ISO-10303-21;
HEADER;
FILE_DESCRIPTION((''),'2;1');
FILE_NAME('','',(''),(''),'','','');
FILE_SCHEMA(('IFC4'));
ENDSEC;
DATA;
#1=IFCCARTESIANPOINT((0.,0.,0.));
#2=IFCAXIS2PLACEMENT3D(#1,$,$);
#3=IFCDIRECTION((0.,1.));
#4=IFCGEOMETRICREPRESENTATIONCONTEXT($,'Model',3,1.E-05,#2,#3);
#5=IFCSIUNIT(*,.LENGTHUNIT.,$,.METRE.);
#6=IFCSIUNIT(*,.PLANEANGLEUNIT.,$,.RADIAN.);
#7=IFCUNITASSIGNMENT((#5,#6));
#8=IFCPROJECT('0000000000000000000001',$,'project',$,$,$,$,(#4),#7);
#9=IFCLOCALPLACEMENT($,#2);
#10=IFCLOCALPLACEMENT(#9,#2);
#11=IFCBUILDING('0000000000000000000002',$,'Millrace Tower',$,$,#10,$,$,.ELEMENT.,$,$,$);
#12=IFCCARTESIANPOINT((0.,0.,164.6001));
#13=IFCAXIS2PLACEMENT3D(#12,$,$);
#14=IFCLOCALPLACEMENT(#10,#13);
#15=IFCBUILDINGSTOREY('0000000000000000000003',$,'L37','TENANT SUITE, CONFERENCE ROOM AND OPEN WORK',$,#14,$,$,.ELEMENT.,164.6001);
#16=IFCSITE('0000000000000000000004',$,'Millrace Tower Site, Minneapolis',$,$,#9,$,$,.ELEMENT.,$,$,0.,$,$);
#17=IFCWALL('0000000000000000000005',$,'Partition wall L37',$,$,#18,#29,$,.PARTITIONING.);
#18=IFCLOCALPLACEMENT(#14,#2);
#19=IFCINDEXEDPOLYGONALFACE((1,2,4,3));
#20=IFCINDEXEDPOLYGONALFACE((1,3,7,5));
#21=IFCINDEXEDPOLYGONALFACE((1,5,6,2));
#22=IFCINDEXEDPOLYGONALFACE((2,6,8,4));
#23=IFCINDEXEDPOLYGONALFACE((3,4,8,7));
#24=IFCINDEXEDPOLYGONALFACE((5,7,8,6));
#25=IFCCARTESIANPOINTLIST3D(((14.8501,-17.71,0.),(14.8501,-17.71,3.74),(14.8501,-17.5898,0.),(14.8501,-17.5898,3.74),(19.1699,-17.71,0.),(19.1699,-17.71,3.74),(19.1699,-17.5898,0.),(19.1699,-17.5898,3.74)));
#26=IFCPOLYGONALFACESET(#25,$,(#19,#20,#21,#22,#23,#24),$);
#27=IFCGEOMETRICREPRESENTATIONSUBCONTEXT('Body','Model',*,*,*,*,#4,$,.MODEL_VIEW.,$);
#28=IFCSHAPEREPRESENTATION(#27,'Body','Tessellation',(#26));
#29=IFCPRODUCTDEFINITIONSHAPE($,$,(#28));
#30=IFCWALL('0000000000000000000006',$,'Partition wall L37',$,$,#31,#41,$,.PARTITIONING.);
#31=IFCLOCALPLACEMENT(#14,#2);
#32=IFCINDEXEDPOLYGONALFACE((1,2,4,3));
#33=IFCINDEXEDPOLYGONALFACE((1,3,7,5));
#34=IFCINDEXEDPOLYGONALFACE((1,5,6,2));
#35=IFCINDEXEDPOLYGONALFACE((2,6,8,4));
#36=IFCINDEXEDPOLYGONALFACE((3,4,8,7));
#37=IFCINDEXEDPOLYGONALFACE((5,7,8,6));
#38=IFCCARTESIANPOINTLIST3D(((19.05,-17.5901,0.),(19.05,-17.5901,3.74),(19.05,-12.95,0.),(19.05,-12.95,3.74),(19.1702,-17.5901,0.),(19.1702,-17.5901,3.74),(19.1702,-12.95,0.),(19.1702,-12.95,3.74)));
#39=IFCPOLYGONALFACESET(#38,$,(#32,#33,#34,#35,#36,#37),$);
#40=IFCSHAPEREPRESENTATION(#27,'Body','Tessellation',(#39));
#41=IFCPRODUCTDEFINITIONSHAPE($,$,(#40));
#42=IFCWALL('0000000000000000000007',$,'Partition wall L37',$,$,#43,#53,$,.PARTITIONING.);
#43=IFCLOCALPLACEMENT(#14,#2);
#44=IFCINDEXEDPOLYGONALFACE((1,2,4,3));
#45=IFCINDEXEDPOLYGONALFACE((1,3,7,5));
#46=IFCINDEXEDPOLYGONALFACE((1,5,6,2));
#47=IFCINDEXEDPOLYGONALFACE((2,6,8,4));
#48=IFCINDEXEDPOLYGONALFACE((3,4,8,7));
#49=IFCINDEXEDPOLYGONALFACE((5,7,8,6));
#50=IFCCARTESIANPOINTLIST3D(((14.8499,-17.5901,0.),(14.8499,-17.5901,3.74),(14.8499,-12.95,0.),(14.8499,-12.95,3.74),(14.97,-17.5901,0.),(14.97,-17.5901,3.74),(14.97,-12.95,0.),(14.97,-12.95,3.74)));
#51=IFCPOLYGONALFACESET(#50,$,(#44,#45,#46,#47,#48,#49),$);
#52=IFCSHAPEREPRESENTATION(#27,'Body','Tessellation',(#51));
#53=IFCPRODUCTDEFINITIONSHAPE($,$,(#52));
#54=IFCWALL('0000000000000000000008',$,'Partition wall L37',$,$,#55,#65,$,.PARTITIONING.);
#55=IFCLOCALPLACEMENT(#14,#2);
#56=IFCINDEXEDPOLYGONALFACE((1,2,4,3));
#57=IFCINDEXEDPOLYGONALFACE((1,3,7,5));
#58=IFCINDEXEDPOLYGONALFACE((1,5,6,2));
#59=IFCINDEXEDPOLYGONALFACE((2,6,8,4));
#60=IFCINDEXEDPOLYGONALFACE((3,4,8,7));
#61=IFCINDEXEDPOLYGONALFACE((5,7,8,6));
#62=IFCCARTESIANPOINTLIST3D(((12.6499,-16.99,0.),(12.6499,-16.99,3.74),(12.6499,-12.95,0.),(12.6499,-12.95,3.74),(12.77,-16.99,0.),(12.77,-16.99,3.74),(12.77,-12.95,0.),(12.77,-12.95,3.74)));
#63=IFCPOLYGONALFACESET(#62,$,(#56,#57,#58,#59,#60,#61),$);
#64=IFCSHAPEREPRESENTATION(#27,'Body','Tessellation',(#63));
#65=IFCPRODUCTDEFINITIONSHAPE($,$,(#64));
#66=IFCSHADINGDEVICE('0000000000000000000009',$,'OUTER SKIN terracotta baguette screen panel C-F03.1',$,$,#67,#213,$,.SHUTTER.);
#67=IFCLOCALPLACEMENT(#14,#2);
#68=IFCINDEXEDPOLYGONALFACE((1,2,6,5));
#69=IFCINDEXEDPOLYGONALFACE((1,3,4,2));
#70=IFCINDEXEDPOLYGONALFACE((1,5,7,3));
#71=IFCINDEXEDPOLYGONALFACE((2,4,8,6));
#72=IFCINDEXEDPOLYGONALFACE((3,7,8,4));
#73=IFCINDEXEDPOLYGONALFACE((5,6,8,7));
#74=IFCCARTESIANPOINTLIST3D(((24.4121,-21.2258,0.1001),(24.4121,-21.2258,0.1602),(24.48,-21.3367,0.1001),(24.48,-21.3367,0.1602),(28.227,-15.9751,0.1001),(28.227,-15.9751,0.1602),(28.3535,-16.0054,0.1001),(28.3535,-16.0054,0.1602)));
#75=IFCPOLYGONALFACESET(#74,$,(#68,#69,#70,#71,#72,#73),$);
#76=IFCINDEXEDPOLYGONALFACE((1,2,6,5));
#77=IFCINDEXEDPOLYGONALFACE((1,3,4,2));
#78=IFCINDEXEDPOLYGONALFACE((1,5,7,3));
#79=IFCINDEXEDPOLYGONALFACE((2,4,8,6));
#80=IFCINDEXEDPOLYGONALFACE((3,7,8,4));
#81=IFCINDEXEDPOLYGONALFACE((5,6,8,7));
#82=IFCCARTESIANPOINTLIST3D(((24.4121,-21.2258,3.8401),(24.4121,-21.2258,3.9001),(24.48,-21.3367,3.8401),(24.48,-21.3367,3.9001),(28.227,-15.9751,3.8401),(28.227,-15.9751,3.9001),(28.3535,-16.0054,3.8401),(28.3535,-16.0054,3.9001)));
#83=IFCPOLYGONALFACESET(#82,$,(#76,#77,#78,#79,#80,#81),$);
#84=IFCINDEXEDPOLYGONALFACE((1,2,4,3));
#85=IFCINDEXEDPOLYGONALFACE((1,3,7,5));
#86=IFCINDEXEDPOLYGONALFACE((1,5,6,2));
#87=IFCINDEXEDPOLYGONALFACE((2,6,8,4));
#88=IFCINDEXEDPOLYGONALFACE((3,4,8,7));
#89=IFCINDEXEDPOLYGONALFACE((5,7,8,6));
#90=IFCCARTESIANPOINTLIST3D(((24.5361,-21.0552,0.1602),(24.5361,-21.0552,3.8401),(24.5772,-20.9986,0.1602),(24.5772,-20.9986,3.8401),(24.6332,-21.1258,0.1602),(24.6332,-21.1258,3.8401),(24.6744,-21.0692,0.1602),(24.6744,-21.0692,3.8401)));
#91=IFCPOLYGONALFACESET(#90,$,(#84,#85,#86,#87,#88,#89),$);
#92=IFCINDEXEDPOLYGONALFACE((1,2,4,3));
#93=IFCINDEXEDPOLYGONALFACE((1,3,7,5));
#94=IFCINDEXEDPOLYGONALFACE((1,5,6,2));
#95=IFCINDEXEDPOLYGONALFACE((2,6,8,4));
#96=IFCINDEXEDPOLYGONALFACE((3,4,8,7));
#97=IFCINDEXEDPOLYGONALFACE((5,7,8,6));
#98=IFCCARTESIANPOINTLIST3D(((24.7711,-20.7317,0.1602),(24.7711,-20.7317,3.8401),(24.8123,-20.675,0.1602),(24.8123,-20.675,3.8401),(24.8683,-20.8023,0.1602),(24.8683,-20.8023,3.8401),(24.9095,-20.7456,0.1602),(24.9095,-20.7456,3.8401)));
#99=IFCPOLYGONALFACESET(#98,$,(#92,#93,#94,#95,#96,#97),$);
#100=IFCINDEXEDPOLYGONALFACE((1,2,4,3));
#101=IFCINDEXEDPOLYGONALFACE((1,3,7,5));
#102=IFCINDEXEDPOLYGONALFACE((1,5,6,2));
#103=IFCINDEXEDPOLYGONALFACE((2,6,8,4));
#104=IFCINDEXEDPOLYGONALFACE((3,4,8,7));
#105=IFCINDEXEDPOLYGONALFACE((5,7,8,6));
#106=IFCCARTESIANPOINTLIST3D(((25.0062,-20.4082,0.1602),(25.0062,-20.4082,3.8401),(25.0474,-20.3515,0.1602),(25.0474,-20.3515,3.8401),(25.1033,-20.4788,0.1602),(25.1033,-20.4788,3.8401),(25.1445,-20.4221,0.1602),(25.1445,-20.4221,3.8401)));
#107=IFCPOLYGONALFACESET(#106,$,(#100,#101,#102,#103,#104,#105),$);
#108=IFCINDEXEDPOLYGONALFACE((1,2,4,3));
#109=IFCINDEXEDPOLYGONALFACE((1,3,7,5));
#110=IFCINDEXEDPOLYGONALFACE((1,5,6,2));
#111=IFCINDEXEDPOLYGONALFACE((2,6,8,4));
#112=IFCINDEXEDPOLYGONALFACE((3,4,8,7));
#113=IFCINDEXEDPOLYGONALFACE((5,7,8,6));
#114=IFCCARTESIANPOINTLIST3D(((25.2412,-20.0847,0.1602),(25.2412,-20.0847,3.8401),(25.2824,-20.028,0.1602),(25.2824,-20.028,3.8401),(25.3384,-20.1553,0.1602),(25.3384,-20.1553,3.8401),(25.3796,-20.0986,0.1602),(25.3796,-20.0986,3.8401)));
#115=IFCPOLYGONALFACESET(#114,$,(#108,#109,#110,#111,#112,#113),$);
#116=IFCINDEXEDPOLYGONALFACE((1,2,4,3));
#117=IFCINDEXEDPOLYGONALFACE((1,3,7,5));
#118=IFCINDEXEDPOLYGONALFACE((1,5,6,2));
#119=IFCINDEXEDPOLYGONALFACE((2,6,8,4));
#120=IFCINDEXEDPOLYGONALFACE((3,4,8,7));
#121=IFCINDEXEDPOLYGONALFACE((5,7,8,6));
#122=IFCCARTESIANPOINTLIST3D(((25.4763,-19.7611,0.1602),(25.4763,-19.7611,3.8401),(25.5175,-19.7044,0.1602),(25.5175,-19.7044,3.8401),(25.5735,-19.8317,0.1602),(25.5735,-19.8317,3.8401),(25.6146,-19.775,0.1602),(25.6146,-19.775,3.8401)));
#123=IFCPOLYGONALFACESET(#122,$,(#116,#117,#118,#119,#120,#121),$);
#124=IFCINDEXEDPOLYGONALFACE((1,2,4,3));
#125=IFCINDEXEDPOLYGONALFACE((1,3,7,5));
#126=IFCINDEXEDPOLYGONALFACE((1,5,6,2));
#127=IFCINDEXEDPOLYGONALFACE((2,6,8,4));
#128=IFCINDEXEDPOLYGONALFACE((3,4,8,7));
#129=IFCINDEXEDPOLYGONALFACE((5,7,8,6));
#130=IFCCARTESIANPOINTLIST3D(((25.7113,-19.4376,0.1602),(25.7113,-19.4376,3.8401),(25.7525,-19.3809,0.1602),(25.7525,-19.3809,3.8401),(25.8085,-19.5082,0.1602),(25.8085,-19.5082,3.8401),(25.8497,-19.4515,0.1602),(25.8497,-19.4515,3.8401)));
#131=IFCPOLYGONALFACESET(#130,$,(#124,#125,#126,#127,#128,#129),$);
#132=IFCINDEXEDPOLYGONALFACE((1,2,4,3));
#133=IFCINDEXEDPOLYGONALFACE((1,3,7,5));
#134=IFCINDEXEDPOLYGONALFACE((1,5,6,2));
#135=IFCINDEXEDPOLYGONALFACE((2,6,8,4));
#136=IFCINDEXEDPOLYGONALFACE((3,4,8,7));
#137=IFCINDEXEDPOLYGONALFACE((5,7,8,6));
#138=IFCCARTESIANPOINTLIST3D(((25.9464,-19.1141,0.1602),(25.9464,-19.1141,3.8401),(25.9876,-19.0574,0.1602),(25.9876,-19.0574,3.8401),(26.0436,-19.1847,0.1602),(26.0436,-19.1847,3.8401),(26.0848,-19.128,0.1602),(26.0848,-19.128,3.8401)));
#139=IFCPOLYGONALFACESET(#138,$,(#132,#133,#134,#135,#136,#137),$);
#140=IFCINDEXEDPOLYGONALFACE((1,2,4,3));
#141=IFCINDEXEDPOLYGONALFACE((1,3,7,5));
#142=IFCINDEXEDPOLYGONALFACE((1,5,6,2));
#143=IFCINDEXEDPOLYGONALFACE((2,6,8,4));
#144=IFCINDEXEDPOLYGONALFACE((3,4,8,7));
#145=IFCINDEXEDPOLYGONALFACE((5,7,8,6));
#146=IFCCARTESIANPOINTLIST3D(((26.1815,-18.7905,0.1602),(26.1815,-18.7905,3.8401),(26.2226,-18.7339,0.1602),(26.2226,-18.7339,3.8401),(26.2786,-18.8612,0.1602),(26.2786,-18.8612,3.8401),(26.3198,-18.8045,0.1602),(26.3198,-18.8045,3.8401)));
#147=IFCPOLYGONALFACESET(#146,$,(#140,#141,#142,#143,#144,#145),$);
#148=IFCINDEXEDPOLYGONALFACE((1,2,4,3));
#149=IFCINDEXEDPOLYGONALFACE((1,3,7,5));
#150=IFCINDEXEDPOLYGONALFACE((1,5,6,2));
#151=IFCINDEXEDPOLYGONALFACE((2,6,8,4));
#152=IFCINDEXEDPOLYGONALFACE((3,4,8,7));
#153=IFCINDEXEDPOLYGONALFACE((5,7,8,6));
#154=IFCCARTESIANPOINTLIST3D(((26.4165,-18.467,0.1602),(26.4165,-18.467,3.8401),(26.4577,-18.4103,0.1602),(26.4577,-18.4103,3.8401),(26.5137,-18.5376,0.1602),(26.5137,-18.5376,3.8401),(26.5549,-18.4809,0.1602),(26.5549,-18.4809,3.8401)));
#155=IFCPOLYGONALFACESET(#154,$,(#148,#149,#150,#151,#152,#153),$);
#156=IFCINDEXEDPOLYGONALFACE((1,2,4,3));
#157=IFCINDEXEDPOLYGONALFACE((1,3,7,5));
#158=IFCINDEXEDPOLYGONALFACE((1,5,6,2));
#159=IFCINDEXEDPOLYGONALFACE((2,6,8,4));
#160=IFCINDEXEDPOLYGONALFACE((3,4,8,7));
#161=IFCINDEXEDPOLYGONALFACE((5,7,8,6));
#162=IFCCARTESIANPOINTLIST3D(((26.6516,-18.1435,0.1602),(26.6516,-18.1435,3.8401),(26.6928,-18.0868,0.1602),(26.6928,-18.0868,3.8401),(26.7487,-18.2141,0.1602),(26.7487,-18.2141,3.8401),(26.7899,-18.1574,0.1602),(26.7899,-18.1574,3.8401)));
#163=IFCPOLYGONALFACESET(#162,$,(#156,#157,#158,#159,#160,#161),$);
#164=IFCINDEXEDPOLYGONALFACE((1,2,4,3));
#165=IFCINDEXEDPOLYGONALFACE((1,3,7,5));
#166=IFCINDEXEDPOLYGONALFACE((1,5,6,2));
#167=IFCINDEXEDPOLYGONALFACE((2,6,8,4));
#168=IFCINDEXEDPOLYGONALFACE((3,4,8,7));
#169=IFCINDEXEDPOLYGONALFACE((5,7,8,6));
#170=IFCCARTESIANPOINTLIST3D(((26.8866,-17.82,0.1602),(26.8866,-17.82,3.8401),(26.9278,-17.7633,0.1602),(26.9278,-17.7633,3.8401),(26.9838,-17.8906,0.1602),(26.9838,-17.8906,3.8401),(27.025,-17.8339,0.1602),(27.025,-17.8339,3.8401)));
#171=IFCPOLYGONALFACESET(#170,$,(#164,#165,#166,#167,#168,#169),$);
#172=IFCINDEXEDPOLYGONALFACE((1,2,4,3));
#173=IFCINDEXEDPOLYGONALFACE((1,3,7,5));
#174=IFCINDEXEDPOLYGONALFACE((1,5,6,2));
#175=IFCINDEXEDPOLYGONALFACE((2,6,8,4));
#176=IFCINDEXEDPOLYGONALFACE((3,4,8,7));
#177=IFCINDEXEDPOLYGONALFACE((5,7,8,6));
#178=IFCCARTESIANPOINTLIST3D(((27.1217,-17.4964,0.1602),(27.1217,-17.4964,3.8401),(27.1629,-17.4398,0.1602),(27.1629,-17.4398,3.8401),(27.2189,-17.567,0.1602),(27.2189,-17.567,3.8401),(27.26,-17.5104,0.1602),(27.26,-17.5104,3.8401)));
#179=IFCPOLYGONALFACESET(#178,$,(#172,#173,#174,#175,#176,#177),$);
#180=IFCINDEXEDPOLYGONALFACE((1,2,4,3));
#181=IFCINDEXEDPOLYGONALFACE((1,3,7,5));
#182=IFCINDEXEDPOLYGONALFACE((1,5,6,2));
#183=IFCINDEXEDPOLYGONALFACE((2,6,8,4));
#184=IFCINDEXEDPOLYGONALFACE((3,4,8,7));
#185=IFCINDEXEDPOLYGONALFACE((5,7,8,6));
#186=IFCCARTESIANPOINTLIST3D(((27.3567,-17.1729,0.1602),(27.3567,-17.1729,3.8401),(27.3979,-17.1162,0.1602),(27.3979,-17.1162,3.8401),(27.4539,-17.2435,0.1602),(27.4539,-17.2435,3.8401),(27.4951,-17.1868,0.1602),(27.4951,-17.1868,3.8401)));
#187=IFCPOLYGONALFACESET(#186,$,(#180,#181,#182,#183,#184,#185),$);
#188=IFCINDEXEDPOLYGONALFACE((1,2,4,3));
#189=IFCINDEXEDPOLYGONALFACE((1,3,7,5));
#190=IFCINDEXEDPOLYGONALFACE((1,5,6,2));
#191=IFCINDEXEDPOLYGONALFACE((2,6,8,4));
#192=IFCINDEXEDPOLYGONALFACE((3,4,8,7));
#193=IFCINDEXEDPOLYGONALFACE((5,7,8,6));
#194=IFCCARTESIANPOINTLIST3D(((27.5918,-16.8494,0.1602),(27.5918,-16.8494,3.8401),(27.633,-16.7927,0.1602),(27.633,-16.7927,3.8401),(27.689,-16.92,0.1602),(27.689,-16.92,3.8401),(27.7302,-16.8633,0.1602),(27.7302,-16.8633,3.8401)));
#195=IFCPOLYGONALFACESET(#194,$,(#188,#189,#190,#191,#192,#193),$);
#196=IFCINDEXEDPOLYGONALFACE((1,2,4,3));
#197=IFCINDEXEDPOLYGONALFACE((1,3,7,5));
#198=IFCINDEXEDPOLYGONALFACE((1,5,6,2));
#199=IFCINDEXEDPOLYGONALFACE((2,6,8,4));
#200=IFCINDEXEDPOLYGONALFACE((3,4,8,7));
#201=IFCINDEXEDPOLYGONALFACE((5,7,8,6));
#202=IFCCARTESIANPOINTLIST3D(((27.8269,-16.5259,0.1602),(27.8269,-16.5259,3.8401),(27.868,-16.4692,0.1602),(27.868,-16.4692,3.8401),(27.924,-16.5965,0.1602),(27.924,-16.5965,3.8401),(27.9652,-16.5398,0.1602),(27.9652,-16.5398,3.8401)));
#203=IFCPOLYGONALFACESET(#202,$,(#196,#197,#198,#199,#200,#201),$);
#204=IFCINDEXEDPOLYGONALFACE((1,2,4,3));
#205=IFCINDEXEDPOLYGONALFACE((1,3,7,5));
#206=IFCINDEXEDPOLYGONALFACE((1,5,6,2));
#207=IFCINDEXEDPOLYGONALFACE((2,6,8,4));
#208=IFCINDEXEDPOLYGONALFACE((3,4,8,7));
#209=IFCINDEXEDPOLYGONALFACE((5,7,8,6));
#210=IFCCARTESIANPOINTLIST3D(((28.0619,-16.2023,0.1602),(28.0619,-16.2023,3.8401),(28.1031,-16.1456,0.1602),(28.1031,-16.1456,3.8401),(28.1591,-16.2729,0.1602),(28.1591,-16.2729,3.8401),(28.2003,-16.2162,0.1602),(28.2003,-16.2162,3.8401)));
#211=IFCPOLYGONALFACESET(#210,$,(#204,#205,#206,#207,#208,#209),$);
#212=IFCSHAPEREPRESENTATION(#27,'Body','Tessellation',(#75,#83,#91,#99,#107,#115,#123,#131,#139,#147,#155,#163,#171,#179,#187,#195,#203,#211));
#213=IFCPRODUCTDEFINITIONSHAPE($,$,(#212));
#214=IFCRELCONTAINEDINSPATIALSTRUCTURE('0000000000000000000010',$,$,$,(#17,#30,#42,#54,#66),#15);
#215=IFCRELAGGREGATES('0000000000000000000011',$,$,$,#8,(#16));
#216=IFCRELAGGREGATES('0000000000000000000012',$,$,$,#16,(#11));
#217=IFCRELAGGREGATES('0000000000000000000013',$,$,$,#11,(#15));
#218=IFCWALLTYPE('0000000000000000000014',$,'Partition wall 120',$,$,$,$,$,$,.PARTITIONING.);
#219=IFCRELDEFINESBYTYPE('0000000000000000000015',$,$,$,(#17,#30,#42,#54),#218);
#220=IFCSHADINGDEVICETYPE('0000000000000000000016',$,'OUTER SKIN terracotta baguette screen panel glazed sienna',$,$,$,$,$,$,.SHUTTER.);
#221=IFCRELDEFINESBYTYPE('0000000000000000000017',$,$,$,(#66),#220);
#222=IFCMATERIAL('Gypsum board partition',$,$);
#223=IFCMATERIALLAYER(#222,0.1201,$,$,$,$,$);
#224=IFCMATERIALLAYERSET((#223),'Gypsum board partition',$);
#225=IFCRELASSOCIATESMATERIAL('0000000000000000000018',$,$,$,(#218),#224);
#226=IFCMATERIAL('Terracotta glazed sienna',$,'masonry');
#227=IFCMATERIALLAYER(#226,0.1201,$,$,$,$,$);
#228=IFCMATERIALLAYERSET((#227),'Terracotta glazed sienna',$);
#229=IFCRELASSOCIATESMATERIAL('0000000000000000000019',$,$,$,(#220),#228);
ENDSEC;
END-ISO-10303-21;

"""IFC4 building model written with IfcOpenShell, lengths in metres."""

from ifc_helpers import new_model, entity, si_unit, direction, frame, frame_2d, origin, place, context, subcontext, project, spatial, rectangle, extrude, source, transform, mapped, material, layer, layer_set, type_object, element, save


model = new_model("IFC4")

# Units and contexts
model_context = context("Model", 3, precision=1e-05, world=origin(), true_north=direction((0.0, 1.0)))
body_context = subcontext(model_context, "Body", "Model", "MODEL_VIEW")
ifc_project = project(units=[si_unit("LENGTHUNIT", "METRE"), si_unit("PLANEANGLEUNIT", "RADIAN")], contexts=[model_context])

# Site, building, storey
site_placement = place(None, origin())
site = spatial("IfcSite", under=ifc_project, at=site_placement, Name="Millrace Tower Site, Minneapolis", CompositionType="ELEMENT", RefElevation=0.0)
building_placement = place(site_placement, origin())
building = spatial("IfcBuilding", under=site, at=building_placement, Name="Millrace Tower", CompositionType="ELEMENT")
storey_placement = place(building_placement, frame((0.0, 0.0, 164.6001)))
storey = spatial("IfcBuildingStorey", under=building, at=storey_placement, Name="L37", Description="TENANT SUITE, CONFERENCE ROOM AND OPEN WORK", CompositionType="ELEMENT", Elevation=164.6001)

# Walls
ifc_material_1 = material(Name="Gypsum board partition")
ifc_layer_1 = layer(ifc_material_1, 0.1201)
ifc_layer_set_1 = layer_set([ifc_layer_1], Name="Gypsum board partition")
wall_type = type_object("IfcWallType", Name="Partition wall 120", PredefinedType="PARTITIONING", material=ifc_layer_set_1)
wall_1_placement = place(storey_placement, frame((14.8501, -17.6499, 0.0), z_axis=(0.0, 0.0, 1.0), x_axis=(1.0, 0.0, 0.0)))
element("IfcWall", 1, at=wall_1_placement, inside=storey, type_object=wall_type, Name="Partition wall L37", PredefinedType="PARTITIONING", context=body_context, shape_type="SweptSolid", body=[
    extrude(rectangle(XDim=4.3198, YDim=0.1201, at=frame_2d((2.1599, 0.0))), origin(), (0.0, 0.0, 1.0), 3.74),
])
for number, where, z_axis, x_axis, name in (
    (2, (19.1101, -17.5901, 0.0), (0.0, 0.0, 1.0), (0.0, 1.0, 0.0), "Partition wall L37"),
    (3, (14.9099, -17.5901, 0.0), (0.0, 0.0, 1.0), (0.0, 1.0, 0.0), "Partition wall L37"),
):
    element("IfcWall", number, at=place(storey_placement, frame(where, z_axis=z_axis, x_axis=x_axis)), inside=storey, type_object=wall_type, Name=name, PredefinedType="PARTITIONING", context=body_context, shape_type="SweptSolid", body=[
        extrude(rectangle(XDim=4.6401, YDim=0.1201, at=frame_2d((2.3201, 0.0))), origin(), (0.0, 0.0, 1.0), 3.74),
    ])
wall_2_placement = place(storey_placement, frame((12.71, -16.99, 0.0), z_axis=(0.0, 0.0, 1.0), x_axis=(0.0, 1.0, 0.0)))
element("IfcWall", 4, at=wall_2_placement, inside=storey, type_object=wall_type, Name="Partition wall L37", PredefinedType="PARTITIONING", context=body_context, shape_type="SweptSolid", body=[
    extrude(rectangle(XDim=4.04, YDim=0.1201, at=frame_2d((2.02, 0.0))), origin(), (0.0, 0.0, 1.0), 3.74),
])

# Shading device
ifc_material_2 = material(Name="Terracotta glazed sienna", Category="masonry")
ifc_layer_2 = layer(ifc_material_2, 0.1201)
ifc_layer_set_2 = layer_set([ifc_layer_2], Name="Terracotta glazed sienna")
shading_device_type = type_object("IfcShadingDeviceType", Name="OUTER SKIN terracotta baguette screen panel glazed sienna", PredefinedType="SHUTTER", material=ifc_layer_set_2)
cartesian_point_1 = entity("IfcCartesianPoint", [-3.2451, 0.0601])
shared_polyline_1 = entity("IfcPolyline", [cartesian_point_1, entity("IfcCartesianPoint", [3.2451, 0.0601]), entity("IfcCartesianPoint", [3.2949, -0.0601]), entity("IfcCartesianPoint", [-3.2949, -0.0601]), cartesian_point_1])
shared_shape_1 = source(origin(), body_context, "Body", "SweptSolid", [
    entity("IfcExtrudedAreaSolid", entity("IfcArbitraryClosedProfileDef", "AREA", None, shared_polyline_1), entity("IfcAxis2Placement3D", entity("IfcCartesianPoint", [0.0, 0.0, 0.0])), entity("IfcDirection", [0.0, 0.0, 1.0]), 0.0601),
    entity("IfcExtrudedAreaSolid", entity("IfcArbitraryClosedProfileDef", "AREA", None, shared_polyline_1), entity("IfcAxis2Placement3D", entity("IfcCartesianPoint", [0.0, 0.0, 3.74])), entity("IfcDirection", [0.0, 0.0, 1.0]), 0.0601),
    extrude(rectangle(XDim=0.0701, YDim=0.1201, at=frame_2d((-2.9993, 0.0))), frame((0.0, 0.0, 0.0601)), (0.0, 0.0, 1.0), 3.6799),
    extrude(rectangle(XDim=0.0701, YDim=0.1201, at=frame_2d((-2.5994, 0.0))), frame((0.0, 0.0, 0.0601)), (0.0, 0.0, 1.0), 3.6799),
    extrude(rectangle(XDim=0.0701, YDim=0.1201, at=frame_2d((-2.1995, 0.0))), frame((0.0, 0.0, 0.0601)), (0.0, 0.0, 1.0), 3.6799),
    extrude(rectangle(XDim=0.0701, YDim=0.1201, at=frame_2d((-1.7996, 0.0))), frame((0.0, 0.0, 0.0601)), (0.0, 0.0, 1.0), 3.6799),
    extrude(rectangle(XDim=0.0701, YDim=0.1201, at=frame_2d((-1.3997, 0.0))), frame((0.0, 0.0, 0.0601)), (0.0, 0.0, 1.0), 3.6799),
    extrude(rectangle(XDim=0.0701, YDim=0.1201, at=frame_2d((-0.9998, 0.0))), frame((0.0, 0.0, 0.0601)), (0.0, 0.0, 1.0), 3.6799),
    extrude(rectangle(XDim=0.0701, YDim=0.1201, at=frame_2d((-0.5999, 0.0))), frame((0.0, 0.0, 0.0601)), (0.0, 0.0, 1.0), 3.6799),
    extrude(rectangle(XDim=0.0701, YDim=0.1201, at=frame_2d((-0.2, 0.0))), frame((0.0, 0.0, 0.0601)), (0.0, 0.0, 1.0), 3.6799),
    extrude(rectangle(XDim=0.0701, YDim=0.1201, at=frame_2d((0.2, 0.0))), frame((0.0, 0.0, 0.0601)), (0.0, 0.0, 1.0), 3.6799),
    extrude(rectangle(XDim=0.0701, YDim=0.1201, at=frame_2d((0.5999, 0.0))), frame((0.0, 0.0, 0.0601)), (0.0, 0.0, 1.0), 3.6799),
    extrude(rectangle(XDim=0.0701, YDim=0.1201, at=frame_2d((0.9998, 0.0))), frame((0.0, 0.0, 0.0601)), (0.0, 0.0, 1.0), 3.6799),
    extrude(rectangle(XDim=0.0701, YDim=0.1201, at=frame_2d((1.3997, 0.0))), frame((0.0, 0.0, 0.0601)), (0.0, 0.0, 1.0), 3.6799),
    extrude(rectangle(XDim=0.0701, YDim=0.1201, at=frame_2d((1.7996, 0.0))), frame((0.0, 0.0, 0.0601)), (0.0, 0.0, 1.0), 3.6799),
    extrude(rectangle(XDim=0.0701, YDim=0.1201, at=frame_2d((2.1995, 0.0))), frame((0.0, 0.0, 0.0601)), (0.0, 0.0, 1.0), 3.6799),
    extrude(rectangle(XDim=0.0701, YDim=0.1201, at=frame_2d((2.5994, 0.0))), frame((0.0, 0.0, 0.0601)), (0.0, 0.0, 1.0), 3.6799),
    extrude(rectangle(XDim=0.0701, YDim=0.1201, at=frame_2d((2.9993, 0.0))), frame((0.0, 0.0, 0.0601)), (0.0, 0.0, 1.0), 3.6799),
])
shading_device_1_placement = place(storey_placement, frame((26.3682, -18.6357, 0.1001), z_axis=(0.0, 0.0, 1.0), x_axis=(0.587785, 0.809017, 0.0)))
element("IfcShadingDevice", 5, at=shading_device_1_placement, inside=storey, type_object=shading_device_type, Name="OUTER SKIN terracotta baguette screen panel C-F03.1", PredefinedType="SHUTTER", context=body_context, shape_type="MappedRepresentation", body=[
    mapped(shared_shape_1, transform((0.0, 0.0, 0.0), scale=1.0)),
])

save(model, "model.ifc")
